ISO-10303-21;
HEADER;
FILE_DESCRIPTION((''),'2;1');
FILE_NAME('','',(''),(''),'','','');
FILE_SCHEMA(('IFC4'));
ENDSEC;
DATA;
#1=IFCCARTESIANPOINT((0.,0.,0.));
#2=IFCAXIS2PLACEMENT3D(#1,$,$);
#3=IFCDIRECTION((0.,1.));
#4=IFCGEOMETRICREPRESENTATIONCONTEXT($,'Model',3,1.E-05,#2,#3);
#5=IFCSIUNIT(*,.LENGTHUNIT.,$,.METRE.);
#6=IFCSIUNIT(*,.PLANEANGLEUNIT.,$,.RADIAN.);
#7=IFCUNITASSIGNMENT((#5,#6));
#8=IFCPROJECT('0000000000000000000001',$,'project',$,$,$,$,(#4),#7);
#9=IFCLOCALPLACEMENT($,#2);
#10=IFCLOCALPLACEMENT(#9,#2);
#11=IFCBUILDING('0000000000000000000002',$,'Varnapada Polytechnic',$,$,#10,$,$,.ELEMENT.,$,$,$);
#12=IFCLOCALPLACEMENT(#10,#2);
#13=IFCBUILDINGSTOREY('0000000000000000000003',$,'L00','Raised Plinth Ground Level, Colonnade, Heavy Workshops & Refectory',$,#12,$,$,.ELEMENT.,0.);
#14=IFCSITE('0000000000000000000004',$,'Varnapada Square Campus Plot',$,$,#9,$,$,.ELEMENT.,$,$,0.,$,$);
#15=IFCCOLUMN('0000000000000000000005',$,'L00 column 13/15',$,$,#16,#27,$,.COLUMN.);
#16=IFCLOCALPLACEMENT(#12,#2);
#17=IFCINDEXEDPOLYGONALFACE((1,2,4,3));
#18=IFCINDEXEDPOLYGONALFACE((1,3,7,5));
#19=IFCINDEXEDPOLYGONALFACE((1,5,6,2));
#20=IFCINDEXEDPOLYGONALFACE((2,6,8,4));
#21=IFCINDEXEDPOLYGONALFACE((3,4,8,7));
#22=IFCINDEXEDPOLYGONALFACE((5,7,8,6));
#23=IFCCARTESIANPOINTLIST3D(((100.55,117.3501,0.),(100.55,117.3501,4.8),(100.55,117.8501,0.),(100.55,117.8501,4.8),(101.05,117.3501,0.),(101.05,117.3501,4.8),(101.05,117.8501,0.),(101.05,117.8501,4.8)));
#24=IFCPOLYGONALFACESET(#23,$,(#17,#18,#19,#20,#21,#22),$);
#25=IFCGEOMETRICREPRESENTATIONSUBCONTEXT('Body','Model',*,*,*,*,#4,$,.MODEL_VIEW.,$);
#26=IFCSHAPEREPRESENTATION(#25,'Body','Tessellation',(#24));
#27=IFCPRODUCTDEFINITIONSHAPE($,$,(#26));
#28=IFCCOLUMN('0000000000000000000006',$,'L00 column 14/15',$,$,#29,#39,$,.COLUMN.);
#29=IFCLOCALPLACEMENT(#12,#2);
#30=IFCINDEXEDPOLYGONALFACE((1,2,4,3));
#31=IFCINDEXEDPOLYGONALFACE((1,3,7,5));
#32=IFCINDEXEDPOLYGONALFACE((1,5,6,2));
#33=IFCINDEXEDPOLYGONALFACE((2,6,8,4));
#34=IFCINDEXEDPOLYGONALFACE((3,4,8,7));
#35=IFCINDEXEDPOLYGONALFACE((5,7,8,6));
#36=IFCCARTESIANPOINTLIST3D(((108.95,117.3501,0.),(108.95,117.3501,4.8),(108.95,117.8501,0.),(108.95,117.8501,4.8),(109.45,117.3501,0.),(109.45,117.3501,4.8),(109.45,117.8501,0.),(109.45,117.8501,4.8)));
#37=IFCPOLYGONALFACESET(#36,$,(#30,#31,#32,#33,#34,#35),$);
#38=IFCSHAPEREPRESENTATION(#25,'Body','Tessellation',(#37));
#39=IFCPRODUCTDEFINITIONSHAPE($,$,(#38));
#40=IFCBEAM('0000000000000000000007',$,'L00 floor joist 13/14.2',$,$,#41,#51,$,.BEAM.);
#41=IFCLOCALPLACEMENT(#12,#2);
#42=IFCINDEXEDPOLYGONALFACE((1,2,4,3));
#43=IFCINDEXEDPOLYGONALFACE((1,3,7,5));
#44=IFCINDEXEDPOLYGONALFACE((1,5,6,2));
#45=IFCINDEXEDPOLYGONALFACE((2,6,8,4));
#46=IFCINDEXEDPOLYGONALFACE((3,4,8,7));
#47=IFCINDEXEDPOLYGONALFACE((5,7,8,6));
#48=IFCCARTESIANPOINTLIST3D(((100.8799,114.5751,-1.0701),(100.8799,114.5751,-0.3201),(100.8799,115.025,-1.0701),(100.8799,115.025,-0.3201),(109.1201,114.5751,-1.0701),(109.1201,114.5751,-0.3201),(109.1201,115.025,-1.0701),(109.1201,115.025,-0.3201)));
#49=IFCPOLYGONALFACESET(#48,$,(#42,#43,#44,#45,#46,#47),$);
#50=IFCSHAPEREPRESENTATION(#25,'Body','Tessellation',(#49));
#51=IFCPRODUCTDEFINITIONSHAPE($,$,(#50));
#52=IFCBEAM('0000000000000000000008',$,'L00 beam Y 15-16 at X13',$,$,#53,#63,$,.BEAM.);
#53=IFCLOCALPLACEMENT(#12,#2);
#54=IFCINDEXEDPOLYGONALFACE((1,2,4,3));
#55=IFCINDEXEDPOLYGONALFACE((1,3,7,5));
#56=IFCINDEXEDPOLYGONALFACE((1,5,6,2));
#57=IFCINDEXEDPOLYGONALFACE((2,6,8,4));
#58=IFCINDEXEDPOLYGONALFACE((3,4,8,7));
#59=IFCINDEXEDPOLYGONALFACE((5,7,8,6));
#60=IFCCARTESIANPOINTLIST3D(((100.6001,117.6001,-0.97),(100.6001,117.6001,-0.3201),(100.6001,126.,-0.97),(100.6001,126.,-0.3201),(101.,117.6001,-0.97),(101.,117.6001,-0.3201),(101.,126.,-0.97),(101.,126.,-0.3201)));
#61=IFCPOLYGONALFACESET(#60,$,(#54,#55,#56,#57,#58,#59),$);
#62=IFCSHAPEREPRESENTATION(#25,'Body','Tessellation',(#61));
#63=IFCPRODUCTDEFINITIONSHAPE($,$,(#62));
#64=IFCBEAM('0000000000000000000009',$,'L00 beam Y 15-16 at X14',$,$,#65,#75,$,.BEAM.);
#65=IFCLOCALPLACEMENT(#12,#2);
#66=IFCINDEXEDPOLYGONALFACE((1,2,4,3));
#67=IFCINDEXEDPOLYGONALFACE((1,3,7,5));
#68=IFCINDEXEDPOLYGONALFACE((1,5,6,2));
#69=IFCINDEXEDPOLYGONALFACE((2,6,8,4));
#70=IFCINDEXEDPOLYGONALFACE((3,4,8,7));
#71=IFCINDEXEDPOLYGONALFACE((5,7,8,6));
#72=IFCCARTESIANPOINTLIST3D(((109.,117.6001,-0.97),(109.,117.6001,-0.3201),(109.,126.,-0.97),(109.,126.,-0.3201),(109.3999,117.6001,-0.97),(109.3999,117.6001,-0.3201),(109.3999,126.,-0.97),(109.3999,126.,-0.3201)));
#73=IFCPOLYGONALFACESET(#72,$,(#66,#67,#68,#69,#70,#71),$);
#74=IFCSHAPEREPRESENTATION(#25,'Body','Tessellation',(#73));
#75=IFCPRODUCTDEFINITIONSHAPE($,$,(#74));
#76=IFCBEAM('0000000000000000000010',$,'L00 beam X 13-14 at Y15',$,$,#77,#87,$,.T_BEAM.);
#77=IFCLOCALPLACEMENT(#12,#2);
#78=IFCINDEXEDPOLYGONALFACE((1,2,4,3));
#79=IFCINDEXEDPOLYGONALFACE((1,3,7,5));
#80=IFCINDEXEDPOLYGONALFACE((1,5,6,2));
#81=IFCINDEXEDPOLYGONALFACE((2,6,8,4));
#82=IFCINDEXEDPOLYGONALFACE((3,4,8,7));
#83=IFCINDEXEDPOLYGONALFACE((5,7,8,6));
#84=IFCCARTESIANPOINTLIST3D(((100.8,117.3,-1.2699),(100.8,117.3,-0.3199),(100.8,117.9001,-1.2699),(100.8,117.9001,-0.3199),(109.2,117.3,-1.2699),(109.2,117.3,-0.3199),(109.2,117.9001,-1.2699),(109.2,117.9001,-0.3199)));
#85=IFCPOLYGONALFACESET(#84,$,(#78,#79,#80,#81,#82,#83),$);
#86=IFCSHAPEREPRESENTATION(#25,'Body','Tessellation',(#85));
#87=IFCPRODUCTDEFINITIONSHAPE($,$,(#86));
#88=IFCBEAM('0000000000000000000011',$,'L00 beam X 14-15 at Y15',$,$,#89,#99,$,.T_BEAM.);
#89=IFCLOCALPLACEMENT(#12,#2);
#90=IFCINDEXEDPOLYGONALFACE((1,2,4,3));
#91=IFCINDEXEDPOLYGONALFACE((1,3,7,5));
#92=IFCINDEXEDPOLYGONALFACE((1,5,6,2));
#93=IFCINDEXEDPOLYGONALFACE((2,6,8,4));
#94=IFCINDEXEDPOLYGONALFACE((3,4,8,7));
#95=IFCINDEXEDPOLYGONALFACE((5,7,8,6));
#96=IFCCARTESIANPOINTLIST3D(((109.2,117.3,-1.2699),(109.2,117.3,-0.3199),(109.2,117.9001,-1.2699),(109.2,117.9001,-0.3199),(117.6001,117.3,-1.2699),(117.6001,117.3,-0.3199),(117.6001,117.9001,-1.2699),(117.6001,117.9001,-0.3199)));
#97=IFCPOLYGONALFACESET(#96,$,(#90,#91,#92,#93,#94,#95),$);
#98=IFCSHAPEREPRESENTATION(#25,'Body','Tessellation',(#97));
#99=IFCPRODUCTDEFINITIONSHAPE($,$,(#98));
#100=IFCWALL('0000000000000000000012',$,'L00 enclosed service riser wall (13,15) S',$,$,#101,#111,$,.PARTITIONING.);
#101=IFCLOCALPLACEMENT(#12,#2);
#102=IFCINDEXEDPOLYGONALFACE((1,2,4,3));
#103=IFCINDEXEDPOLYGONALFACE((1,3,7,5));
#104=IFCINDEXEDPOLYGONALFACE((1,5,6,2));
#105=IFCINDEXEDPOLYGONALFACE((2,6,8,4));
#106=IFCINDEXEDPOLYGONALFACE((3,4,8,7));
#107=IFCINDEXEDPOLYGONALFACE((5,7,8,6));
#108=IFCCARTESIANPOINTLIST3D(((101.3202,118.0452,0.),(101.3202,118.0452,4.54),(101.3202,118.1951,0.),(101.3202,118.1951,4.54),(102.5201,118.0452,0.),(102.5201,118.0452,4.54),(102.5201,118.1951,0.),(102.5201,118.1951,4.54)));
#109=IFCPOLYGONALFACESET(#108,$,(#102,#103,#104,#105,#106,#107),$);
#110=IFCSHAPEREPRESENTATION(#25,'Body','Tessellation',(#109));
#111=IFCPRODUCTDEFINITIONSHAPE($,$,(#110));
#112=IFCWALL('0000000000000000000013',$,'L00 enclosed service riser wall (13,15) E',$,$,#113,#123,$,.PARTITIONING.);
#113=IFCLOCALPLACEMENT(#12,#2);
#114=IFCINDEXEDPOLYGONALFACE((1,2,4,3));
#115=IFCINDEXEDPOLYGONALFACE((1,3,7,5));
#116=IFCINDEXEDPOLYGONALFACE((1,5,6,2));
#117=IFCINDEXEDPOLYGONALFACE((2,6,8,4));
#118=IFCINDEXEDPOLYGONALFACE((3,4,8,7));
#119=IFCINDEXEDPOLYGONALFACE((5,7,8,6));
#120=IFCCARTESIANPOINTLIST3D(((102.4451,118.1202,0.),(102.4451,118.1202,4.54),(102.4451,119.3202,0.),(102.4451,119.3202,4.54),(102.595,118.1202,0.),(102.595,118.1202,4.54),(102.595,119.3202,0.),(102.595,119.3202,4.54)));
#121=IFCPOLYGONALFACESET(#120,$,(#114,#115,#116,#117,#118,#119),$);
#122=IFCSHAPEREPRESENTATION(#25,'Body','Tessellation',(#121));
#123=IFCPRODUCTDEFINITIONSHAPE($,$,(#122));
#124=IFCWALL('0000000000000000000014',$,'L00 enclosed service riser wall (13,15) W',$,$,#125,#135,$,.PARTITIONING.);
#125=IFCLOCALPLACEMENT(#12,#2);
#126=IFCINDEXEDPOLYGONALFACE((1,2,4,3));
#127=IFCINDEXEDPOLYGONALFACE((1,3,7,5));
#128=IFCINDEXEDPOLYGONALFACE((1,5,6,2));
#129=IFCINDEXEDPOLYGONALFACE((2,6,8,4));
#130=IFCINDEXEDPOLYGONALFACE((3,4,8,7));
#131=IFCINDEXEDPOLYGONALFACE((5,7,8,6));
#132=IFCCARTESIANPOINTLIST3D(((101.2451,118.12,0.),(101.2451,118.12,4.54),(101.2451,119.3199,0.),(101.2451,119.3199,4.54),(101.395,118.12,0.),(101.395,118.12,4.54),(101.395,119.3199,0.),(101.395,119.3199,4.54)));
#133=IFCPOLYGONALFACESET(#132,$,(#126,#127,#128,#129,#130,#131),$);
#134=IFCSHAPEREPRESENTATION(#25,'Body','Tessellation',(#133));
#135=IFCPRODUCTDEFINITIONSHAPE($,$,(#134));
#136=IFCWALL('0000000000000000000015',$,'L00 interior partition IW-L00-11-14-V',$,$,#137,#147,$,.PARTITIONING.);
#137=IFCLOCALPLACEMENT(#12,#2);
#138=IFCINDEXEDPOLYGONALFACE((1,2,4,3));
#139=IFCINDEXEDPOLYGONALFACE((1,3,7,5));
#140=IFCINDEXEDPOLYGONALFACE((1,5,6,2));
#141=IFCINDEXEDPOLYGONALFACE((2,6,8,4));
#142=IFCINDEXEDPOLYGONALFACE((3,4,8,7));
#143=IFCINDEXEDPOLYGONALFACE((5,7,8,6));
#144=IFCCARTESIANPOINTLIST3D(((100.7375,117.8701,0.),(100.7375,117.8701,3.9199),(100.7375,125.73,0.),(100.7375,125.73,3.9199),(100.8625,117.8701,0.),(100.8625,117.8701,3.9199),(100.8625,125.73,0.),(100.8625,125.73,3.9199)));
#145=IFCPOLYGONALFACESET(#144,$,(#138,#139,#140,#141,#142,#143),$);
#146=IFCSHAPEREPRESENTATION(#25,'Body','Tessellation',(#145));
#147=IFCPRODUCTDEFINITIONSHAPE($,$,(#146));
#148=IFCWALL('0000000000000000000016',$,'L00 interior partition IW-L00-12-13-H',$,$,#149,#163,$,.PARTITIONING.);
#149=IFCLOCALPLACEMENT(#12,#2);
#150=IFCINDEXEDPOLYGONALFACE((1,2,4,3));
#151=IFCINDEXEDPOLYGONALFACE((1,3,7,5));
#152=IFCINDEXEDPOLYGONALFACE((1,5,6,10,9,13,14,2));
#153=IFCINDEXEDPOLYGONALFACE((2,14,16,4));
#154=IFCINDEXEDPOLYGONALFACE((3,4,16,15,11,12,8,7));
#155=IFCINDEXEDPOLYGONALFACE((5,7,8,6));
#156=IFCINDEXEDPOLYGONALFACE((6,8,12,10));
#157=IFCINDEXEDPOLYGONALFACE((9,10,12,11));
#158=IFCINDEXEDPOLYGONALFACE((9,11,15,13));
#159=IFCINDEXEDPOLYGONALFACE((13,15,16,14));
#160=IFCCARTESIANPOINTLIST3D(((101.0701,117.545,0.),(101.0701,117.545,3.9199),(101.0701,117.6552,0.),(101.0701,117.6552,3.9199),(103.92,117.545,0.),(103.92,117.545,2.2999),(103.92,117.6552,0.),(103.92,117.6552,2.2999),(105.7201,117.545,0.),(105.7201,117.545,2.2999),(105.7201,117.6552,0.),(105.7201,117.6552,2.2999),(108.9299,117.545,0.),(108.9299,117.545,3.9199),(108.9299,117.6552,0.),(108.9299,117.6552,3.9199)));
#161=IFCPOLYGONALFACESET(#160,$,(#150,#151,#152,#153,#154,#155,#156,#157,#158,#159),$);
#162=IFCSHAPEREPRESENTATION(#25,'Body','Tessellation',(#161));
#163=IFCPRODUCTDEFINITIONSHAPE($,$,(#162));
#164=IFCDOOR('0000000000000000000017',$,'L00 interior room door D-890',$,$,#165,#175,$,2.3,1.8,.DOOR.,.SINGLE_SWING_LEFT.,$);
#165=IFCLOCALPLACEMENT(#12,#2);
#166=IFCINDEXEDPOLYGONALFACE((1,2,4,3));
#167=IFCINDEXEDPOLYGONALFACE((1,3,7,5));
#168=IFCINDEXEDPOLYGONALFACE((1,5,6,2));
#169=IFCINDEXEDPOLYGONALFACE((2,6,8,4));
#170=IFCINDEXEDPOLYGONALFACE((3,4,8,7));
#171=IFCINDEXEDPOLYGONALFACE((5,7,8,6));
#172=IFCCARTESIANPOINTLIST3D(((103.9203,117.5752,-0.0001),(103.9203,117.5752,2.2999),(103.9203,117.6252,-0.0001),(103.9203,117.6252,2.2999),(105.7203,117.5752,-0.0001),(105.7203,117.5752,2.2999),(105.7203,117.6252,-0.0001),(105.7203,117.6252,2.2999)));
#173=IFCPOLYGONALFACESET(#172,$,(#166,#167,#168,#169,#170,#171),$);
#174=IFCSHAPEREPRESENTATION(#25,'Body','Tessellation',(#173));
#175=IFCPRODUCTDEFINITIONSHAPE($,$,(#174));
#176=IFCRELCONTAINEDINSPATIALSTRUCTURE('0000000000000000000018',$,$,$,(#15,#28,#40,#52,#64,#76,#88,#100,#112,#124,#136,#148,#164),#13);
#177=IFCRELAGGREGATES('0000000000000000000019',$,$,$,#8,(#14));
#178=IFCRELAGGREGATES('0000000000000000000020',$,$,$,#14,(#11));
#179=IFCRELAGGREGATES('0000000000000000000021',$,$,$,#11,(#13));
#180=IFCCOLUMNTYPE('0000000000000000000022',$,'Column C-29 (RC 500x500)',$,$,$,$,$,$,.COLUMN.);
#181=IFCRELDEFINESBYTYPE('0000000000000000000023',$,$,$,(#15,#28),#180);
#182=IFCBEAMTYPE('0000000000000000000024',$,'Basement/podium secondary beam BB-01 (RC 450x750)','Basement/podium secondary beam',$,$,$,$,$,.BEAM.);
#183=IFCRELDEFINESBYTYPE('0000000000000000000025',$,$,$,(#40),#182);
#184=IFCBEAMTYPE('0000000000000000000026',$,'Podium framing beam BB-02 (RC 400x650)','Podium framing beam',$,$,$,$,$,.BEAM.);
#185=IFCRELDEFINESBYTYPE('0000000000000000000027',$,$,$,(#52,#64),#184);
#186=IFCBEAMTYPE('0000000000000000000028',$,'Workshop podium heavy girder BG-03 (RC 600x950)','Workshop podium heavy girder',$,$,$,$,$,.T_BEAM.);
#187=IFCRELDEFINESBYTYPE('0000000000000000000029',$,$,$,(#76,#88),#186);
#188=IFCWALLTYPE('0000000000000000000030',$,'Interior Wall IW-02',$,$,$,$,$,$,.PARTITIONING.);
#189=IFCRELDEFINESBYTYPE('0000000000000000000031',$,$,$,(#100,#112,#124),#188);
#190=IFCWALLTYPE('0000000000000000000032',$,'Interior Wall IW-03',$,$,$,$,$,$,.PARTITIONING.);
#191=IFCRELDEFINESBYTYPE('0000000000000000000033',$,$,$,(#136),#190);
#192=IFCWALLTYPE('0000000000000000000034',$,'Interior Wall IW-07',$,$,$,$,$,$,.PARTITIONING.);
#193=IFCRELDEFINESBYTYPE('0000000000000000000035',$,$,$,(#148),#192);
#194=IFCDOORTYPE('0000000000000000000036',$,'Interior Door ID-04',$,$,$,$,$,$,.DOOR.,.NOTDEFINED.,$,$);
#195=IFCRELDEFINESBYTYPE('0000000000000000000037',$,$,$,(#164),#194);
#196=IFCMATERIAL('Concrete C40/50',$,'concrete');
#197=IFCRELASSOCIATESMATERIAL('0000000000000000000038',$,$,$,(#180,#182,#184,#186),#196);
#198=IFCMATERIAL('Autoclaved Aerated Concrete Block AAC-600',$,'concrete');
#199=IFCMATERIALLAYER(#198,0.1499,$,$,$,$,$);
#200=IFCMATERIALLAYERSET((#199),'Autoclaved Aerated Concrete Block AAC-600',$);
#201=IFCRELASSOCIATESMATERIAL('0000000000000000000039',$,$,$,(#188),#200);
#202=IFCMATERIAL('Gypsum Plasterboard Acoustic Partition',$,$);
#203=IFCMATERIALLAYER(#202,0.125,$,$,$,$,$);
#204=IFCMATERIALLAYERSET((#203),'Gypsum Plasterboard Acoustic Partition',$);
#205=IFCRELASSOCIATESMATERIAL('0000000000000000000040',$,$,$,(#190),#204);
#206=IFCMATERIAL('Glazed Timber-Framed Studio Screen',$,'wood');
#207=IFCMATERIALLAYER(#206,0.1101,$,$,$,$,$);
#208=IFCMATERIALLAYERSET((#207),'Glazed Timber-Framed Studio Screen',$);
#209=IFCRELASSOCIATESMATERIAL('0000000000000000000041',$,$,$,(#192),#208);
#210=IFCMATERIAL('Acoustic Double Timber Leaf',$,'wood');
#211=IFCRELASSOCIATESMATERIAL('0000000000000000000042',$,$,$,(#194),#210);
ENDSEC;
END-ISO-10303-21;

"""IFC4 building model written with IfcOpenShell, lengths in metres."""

from ifc_helpers import new_model, si_unit, direction, frame, frame_2d, origin, origin_2d, place, context, subcontext, project, spatial, rectangle, extrude, material, layer, layer_set, material_profile, profile_set, type_object, element, fill, save


model = new_model("IFC4")

# Units and contexts
model_context = context("Model", 3, precision=1e-05, world=origin(), true_north=direction((0.0, 1.0)))
body_context = subcontext(model_context, "Body", "Model", "MODEL_VIEW")
ifc_project = project(units=[si_unit("LENGTHUNIT", "METRE"), si_unit("PLANEANGLEUNIT", "RADIAN")], contexts=[model_context])

# Site, building, storey
site_placement = place(None, origin())
site = spatial("IfcSite", under=ifc_project, at=site_placement, Name="Varnapada Square Campus Plot", CompositionType="ELEMENT", RefElevation=0.0)
building_placement = place(site_placement, origin())
building = spatial("IfcBuilding", under=site, at=building_placement, Name="Varnapada Polytechnic", CompositionType="ELEMENT")
storey_placement = place(building_placement, origin())
storey = spatial("IfcBuildingStorey", under=building, at=storey_placement, Name="L00", Description="Raised Plinth Ground Level, Colonnade, Heavy Workshops & Refectory", CompositionType="ELEMENT", Elevation=0.0)

# Columns
ifc_material_1 = material(Name="Concrete C40/50", Category="concrete")
ifc_material_profile_1 = material_profile(ifc_material_1, rectangle(XDim=0.5, YDim=0.5, at=origin_2d()), Name="RC 500x500")
ifc_profile_set_1 = profile_set([ifc_material_profile_1], Name="Concrete C40/50")
column_type = type_object("IfcColumnType", Name="Column C-29 (RC 500x500)", PredefinedType="COLUMN", material=ifc_profile_set_1)
for number, where, z_axis, x_axis, name in (
    (1, (100.8, 117.6001, 0.0), (0.0, 0.0, 1.0), (1.0, 0.0, 0.0), "L00 column 13/15"),
    (2, (109.2, 117.6001, 0.0), (0.0, 0.0, 1.0), (1.0, 0.0, 0.0), "L00 column 14/15"),
):
    element("IfcColumn", number, at=place(storey_placement, frame(where, z_axis=z_axis, x_axis=x_axis)), inside=storey, type_object=column_type, Name=name, PredefinedType="COLUMN", context=body_context, shape_type="SweptSolid", body=[
        extrude(rectangle(XDim=0.5, YDim=0.5, at=origin_2d()), origin(), (0.0, 0.0, 1.0), 4.8),
    ])

# Beams
ifc_material_profile_2 = material_profile(ifc_material_1, rectangle(XDim=0.45, YDim=0.75, at=origin_2d()), Name="RC 450x750")
ifc_profile_set_2 = profile_set([ifc_material_profile_2], Name="Concrete C40/50")
beam_type_1 = type_object("IfcBeamType", Name="Basement/podium secondary beam BB-01 (RC 450x750)", Description="Basement/podium secondary beam", PredefinedType="BEAM", material=ifc_profile_set_2)
beam_1_placement = place(storey_placement, frame((100.8799, 114.8, -0.6951), z_axis=(1.0, 0.0, 0.0), x_axis=(0.0, 1.0, 0.0)))
element("IfcBeam", 3, at=beam_1_placement, inside=storey, type_object=beam_type_1, Name="L00 floor joist 13/14.2", PredefinedType="BEAM", context=body_context, shape_type="SweptSolid", body=[
    extrude(rectangle(XDim=0.45, YDim=0.75, at=origin_2d()), origin(), (0.0, 0.0, 1.0), 8.2402),
])
ifc_material_profile_3 = material_profile(ifc_material_1, rectangle(XDim=0.3999, YDim=0.6499, at=origin_2d()), Name="RC 400x650")
ifc_profile_set_3 = profile_set([ifc_material_profile_3], Name="Concrete C40/50")
beam_type_2 = type_object("IfcBeamType", Name="Podium framing beam BB-02 (RC 400x650)", Description="Podium framing beam", PredefinedType="BEAM", material=ifc_profile_set_3)
for number, where, z_axis, x_axis, name in (
    (4, (100.8, 117.6001, -0.645), (0.0, 1.0, 0.0), (-1.0, 0.0, 0.0), "L00 beam Y 15-16 at X13"),
    (5, (109.2, 117.6001, -0.645), (0.0, 1.0, 0.0), (-1.0, 0.0, 0.0), "L00 beam Y 15-16 at X14"),
):
    element("IfcBeam", number, at=place(storey_placement, frame(where, z_axis=z_axis, x_axis=x_axis)), inside=storey, type_object=beam_type_2, Name=name, PredefinedType="BEAM", context=body_context, shape_type="SweptSolid", body=[
        extrude(rectangle(XDim=0.3999, YDim=0.6499, at=origin_2d()), origin(), (0.0, 0.0, 1.0), 8.3999),
    ])
ifc_material_profile_4 = material_profile(ifc_material_1, rectangle(XDim=0.6001, YDim=0.95, at=origin_2d()), Name="RC 600x950")
ifc_profile_set_4 = profile_set([ifc_material_profile_4], Name="Concrete C40/50")
beam_type_3 = type_object("IfcBeamType", Name="Workshop podium heavy girder BG-03 (RC 600x950)", Description="Workshop podium heavy girder", PredefinedType="T_BEAM", material=ifc_profile_set_4)
beam_2_placement = place(storey_placement, frame((100.8, 117.6001, -0.7949), z_axis=(1.0, 0.0, 0.0), x_axis=(0.0, 1.0, 0.0)))
element("IfcBeam", 6, at=beam_2_placement, inside=storey, type_object=beam_type_3, Name="L00 beam X 13-14 at Y15", PredefinedType="T_BEAM", context=body_context, shape_type="SweptSolid", body=[
    extrude(rectangle(XDim=0.6001, YDim=0.95, at=origin_2d()), origin(), (0.0, 0.0, 1.0), 8.3999),
])
beam_3_placement = place(storey_placement, frame((109.2, 117.6001, -0.7949), z_axis=(1.0, 0.0, 0.0), x_axis=(0.0, 1.0, 0.0)))
element("IfcBeam", 7, at=beam_3_placement, inside=storey, type_object=beam_type_3, Name="L00 beam X 14-15 at Y15", PredefinedType="T_BEAM", context=body_context, shape_type="SweptSolid", body=[
    extrude(rectangle(XDim=0.6001, YDim=0.95, at=origin_2d()), origin(), (0.0, 0.0, 1.0), 8.4001),
])

# Walls
ifc_material_2 = material(Name="Autoclaved Aerated Concrete Block AAC-600", Category="concrete")
ifc_layer_1 = layer(ifc_material_2, 0.1499)
ifc_layer_set_1 = layer_set([ifc_layer_1], Name="Autoclaved Aerated Concrete Block AAC-600")
wall_type_1 = type_object("IfcWallType", Name="Interior Wall IW-02", PredefinedType="PARTITIONING", material=ifc_layer_set_1)
for number, where, z_axis, x_axis, name in (
    (8, (101.3201, 118.1201, 0.0), (0.0, 0.0, 1.0), (1.0, 0.0, 0.0), "L00 enclosed service riser wall (13,15) S"),
    (9, (102.52, 118.1201, 0.0), (0.0, 0.0, 1.0), (0.0, 1.0, 0.0), "L00 enclosed service riser wall (13,15) E"),
    (10, (101.3201, 119.3201, 0.0), (0.0, 0.0, 1.0), (0.0, -1.0, 0.0), "L00 enclosed service riser wall (13,15) W"),
):
    element("IfcWall", number, at=place(storey_placement, frame(where, z_axis=z_axis, x_axis=x_axis)), inside=storey, type_object=wall_type_1, Name=name, PredefinedType="PARTITIONING", context=body_context, shape_type="SweptSolid", body=[
        extrude(rectangle(XDim=1.2, YDim=0.1499, at=frame_2d((0.6001, 0.0))), origin(), (0.0, 0.0, 1.0), 4.54),
    ])
ifc_material_3 = material(Name="Gypsum Plasterboard Acoustic Partition")
ifc_layer_2 = layer(ifc_material_3, 0.125)
ifc_layer_set_2 = layer_set([ifc_layer_2], Name="Gypsum Plasterboard Acoustic Partition")
wall_type_2 = type_object("IfcWallType", Name="Interior Wall IW-03", PredefinedType="PARTITIONING", material=ifc_layer_set_2)
wall_1_placement = place(storey_placement, frame((100.8, 117.8701, 0.0), z_axis=(0.0, 0.0, 1.0), x_axis=(0.0, 1.0, 0.0)))
element("IfcWall", 11, at=wall_1_placement, inside=storey, type_object=wall_type_2, Name="L00 interior partition IW-L00-11-14-V", PredefinedType="PARTITIONING", context=body_context, shape_type="SweptSolid", body=[
    extrude(rectangle(XDim=7.8599, YDim=0.125, at=frame_2d((3.9299, 0.0))), origin(), (0.0, 0.0, 1.0), 3.9199),
])

# Wall, opening, door
ifc_material_4 = material(Name="Glazed Timber-Framed Studio Screen", Category="wood")
ifc_layer_3 = layer(ifc_material_4, 0.1101)
ifc_layer_set_3 = layer_set([ifc_layer_3], Name="Glazed Timber-Framed Studio Screen")
wall_type_3 = type_object("IfcWallType", Name="Interior Wall IW-07", PredefinedType="PARTITIONING", material=ifc_layer_set_3)
wall_2_placement = place(storey_placement, frame((101.0701, 117.6001, 0.0), z_axis=(0.0, 0.0, 1.0), x_axis=(1.0, 0.0, 0.0)))
wall_2 = element("IfcWall", 12, at=wall_2_placement, inside=storey, type_object=wall_type_3, Name="L00 interior partition IW-L00-12-13-H", PredefinedType="PARTITIONING", context=body_context, shape_type="SweptSolid", body=[
    extrude(rectangle(XDim=7.8599, YDim=0.1101, at=frame_2d((3.9299, 0.0))), origin(), (0.0, 0.0, 1.0), 3.9199),
])
opening_placement = place(wall_2_placement, frame((2.8501, 0.0, 0.0)))
opening = element("IfcOpeningElement", 13, at=opening_placement, cuts=wall_2, PredefinedType="OPENING", context=body_context, shape_type="SweptSolid", body=[
    extrude(rectangle(XDim=1.8, YDim=2.3, at=frame_2d((0.8999, 1.1499))), frame((0.0, 0.0649, 0.0), z_axis=(0.0, -1.0, 0.0), x_axis=(1.0, 0.0, 0.0)), (0.0, 0.0, 1.0), 0.1301),
])
ifc_material_5 = material(Name="Acoustic Double Timber Leaf", Category="wood")
door_type = type_object("IfcDoorType", Name="Interior Door ID-04", OperationType="NOTDEFINED", PredefinedType="DOOR", material=ifc_material_5)
door_placement = place(opening_placement, frame((1.8, 0.0, 0.0), z_axis=(0.0, 0.0, 1.0), x_axis=(-1.0, 0.0, 0.0)))
door = element("IfcDoor", 14, at=door_placement, inside=storey, type_object=door_type, Name="L00 interior room door D-890", OperationType="SINGLE_SWING_LEFT", OverallHeight=2.3, OverallWidth=1.8, PredefinedType="DOOR", context=body_context, shape_type="SweptSolid", body=[
    extrude(rectangle(XDim=1.8, YDim=2.3, at=frame_2d((0.8999, 1.1499))), frame((0.0, 0.0249, 0.0), z_axis=(0.0, -1.0, 0.0), x_axis=(1.0, 0.0, 0.0)), (0.0, 0.0, 1.0), 0.05),
])
fill(opening, door)

save(model, "model.ifc")
